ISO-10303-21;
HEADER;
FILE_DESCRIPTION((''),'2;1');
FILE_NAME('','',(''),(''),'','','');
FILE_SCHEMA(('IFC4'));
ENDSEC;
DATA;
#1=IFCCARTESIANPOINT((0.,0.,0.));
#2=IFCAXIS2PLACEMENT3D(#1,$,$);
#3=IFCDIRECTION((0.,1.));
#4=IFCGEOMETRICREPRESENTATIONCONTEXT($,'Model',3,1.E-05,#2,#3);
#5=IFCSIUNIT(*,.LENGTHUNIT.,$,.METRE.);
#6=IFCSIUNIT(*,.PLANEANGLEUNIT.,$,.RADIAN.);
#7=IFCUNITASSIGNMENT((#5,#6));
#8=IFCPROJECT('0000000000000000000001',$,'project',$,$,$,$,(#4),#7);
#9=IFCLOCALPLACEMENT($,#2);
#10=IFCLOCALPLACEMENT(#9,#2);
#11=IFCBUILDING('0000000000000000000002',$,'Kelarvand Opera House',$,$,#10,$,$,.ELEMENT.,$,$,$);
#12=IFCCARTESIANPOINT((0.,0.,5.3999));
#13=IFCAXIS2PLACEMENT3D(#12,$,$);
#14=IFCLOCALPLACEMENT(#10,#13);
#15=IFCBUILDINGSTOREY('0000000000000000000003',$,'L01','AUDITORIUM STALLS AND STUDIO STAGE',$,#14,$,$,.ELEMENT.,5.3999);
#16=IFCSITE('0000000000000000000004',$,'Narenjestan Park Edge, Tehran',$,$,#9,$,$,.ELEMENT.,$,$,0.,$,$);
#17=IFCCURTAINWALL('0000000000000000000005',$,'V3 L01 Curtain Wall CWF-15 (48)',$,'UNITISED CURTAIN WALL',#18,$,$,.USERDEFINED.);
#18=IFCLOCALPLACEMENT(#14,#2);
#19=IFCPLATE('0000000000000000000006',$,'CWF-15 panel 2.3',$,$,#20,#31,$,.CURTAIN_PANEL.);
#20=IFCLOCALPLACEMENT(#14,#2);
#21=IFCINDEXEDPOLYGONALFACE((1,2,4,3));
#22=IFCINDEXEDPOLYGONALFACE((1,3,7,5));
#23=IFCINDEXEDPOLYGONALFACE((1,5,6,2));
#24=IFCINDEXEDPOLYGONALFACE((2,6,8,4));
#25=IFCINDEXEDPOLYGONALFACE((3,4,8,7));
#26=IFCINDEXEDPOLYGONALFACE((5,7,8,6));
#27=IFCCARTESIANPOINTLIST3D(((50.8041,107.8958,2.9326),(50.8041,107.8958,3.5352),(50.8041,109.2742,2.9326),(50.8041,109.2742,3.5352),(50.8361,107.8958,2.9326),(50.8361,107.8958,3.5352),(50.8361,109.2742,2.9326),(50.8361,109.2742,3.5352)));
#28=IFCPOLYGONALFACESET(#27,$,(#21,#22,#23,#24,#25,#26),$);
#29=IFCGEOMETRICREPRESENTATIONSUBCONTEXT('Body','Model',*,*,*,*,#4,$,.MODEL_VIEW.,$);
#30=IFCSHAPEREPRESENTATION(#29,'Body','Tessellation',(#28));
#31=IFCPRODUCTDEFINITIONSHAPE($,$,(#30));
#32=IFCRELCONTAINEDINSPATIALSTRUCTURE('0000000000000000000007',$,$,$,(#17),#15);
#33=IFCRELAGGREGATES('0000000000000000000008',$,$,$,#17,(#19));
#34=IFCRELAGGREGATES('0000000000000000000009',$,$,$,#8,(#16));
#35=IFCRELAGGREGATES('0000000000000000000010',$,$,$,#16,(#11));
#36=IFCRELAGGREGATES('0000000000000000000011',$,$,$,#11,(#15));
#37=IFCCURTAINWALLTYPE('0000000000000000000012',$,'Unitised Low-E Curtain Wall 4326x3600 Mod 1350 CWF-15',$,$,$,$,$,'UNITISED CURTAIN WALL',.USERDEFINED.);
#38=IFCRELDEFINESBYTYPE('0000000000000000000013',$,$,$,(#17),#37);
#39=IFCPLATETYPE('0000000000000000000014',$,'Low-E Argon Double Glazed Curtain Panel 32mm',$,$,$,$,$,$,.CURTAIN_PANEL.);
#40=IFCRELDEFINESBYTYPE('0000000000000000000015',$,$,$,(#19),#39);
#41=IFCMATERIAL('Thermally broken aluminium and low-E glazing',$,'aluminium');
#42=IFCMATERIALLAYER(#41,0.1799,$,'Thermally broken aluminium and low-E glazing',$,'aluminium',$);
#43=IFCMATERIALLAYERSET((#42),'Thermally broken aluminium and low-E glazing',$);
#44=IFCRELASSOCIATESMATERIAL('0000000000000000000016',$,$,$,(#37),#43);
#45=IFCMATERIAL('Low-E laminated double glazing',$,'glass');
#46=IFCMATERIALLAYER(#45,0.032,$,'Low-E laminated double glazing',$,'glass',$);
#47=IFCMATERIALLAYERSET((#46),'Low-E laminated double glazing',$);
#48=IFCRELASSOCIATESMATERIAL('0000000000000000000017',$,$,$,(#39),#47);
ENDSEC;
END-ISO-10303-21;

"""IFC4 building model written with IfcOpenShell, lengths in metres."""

from ifc_helpers import new_model, si_unit, direction, frame, origin, origin_2d, place, context, subcontext, project, spatial, rectangle, extrude, material, layer, layer_set, type_object, element, aggregate, save


model = new_model("IFC4")

# Units and contexts
model_context = context("Model", 3, precision=1e-05, world=origin(), true_north=direction((0.0, 1.0)))
body_context = subcontext(model_context, "Body", "Model", "MODEL_VIEW")
ifc_project = project(units=[si_unit("LENGTHUNIT", "METRE"), si_unit("PLANEANGLEUNIT", "RADIAN")], contexts=[model_context])

# Site, building, storey
site_placement = place(None, origin())
site = spatial("IfcSite", under=ifc_project, at=site_placement, Name="Narenjestan Park Edge, Tehran", CompositionType="ELEMENT", RefElevation=0.0)
building_placement = place(site_placement, origin())
building = spatial("IfcBuilding", under=site, at=building_placement, Name="Kelarvand Opera House", CompositionType="ELEMENT")
storey_placement = place(building_placement, frame((0.0, 0.0, 5.3999)))
storey = spatial("IfcBuildingStorey", under=building, at=storey_placement, Name="L01", Description="AUDITORIUM STALLS AND STUDIO STAGE", CompositionType="ELEMENT", Elevation=5.3999)

# Curtain wall
ifc_material_1 = material(Name="Thermally broken aluminium and low-E glazing", Category="aluminium")
ifc_layer_1 = layer(ifc_material_1, 0.1799, Name="Thermally broken aluminium and low-E glazing", Category="aluminium")
ifc_layer_set_1 = layer_set([ifc_layer_1], Name="Thermally broken aluminium and low-E glazing")
curtain_wall_type = type_object("IfcCurtainWallType", Name="Unitised Low-E Curtain Wall 4326x3600 Mod 1350 CWF-15", ElementType="UNITISED CURTAIN WALL", PredefinedType="USERDEFINED", material=ifc_layer_set_1)
curtain_wall_1_placement = place(storey_placement, origin())
curtain_wall_1 = element("IfcCurtainWall", 1, at=curtain_wall_1_placement, inside=storey, type_object=curtain_wall_type, Name="V3 L01 Curtain Wall CWF-15 (48)", ObjectType="UNITISED CURTAIN WALL", PredefinedType="USERDEFINED")

# Plate
ifc_material_2 = material(Name="Low-E laminated double glazing", Category="glass")
ifc_layer_2 = layer(ifc_material_2, 0.032, Name="Low-E laminated double glazing", Category="glass")
ifc_layer_set_2 = layer_set([ifc_layer_2], Name="Low-E laminated double glazing")
plate_type = type_object("IfcPlateType", Name="Low-E Argon Double Glazed Curtain Panel 32mm", PredefinedType="CURTAIN_PANEL", material=ifc_layer_set_2)
plate_1_placement = place(storey_placement, frame((50.8201, 108.585, 2.9326), z_axis=(0.0, 0.0, 1.0), x_axis=(0.0, -1.0, 0.0)))
plate_1 = element("IfcPlate", 2, at=plate_1_placement, type_object=plate_type, Name="CWF-15 panel 2.3", PredefinedType="CURTAIN_PANEL", context=body_context, shape_type="SweptSolid", body=[
    extrude(rectangle(XDim=1.3784, YDim=0.032, at=origin_2d()), origin(), (0.0, 0.0, 1.0), 0.6025),
])
aggregate(curtain_wall_1, [plate_1])

save(model, "model.ifc")
